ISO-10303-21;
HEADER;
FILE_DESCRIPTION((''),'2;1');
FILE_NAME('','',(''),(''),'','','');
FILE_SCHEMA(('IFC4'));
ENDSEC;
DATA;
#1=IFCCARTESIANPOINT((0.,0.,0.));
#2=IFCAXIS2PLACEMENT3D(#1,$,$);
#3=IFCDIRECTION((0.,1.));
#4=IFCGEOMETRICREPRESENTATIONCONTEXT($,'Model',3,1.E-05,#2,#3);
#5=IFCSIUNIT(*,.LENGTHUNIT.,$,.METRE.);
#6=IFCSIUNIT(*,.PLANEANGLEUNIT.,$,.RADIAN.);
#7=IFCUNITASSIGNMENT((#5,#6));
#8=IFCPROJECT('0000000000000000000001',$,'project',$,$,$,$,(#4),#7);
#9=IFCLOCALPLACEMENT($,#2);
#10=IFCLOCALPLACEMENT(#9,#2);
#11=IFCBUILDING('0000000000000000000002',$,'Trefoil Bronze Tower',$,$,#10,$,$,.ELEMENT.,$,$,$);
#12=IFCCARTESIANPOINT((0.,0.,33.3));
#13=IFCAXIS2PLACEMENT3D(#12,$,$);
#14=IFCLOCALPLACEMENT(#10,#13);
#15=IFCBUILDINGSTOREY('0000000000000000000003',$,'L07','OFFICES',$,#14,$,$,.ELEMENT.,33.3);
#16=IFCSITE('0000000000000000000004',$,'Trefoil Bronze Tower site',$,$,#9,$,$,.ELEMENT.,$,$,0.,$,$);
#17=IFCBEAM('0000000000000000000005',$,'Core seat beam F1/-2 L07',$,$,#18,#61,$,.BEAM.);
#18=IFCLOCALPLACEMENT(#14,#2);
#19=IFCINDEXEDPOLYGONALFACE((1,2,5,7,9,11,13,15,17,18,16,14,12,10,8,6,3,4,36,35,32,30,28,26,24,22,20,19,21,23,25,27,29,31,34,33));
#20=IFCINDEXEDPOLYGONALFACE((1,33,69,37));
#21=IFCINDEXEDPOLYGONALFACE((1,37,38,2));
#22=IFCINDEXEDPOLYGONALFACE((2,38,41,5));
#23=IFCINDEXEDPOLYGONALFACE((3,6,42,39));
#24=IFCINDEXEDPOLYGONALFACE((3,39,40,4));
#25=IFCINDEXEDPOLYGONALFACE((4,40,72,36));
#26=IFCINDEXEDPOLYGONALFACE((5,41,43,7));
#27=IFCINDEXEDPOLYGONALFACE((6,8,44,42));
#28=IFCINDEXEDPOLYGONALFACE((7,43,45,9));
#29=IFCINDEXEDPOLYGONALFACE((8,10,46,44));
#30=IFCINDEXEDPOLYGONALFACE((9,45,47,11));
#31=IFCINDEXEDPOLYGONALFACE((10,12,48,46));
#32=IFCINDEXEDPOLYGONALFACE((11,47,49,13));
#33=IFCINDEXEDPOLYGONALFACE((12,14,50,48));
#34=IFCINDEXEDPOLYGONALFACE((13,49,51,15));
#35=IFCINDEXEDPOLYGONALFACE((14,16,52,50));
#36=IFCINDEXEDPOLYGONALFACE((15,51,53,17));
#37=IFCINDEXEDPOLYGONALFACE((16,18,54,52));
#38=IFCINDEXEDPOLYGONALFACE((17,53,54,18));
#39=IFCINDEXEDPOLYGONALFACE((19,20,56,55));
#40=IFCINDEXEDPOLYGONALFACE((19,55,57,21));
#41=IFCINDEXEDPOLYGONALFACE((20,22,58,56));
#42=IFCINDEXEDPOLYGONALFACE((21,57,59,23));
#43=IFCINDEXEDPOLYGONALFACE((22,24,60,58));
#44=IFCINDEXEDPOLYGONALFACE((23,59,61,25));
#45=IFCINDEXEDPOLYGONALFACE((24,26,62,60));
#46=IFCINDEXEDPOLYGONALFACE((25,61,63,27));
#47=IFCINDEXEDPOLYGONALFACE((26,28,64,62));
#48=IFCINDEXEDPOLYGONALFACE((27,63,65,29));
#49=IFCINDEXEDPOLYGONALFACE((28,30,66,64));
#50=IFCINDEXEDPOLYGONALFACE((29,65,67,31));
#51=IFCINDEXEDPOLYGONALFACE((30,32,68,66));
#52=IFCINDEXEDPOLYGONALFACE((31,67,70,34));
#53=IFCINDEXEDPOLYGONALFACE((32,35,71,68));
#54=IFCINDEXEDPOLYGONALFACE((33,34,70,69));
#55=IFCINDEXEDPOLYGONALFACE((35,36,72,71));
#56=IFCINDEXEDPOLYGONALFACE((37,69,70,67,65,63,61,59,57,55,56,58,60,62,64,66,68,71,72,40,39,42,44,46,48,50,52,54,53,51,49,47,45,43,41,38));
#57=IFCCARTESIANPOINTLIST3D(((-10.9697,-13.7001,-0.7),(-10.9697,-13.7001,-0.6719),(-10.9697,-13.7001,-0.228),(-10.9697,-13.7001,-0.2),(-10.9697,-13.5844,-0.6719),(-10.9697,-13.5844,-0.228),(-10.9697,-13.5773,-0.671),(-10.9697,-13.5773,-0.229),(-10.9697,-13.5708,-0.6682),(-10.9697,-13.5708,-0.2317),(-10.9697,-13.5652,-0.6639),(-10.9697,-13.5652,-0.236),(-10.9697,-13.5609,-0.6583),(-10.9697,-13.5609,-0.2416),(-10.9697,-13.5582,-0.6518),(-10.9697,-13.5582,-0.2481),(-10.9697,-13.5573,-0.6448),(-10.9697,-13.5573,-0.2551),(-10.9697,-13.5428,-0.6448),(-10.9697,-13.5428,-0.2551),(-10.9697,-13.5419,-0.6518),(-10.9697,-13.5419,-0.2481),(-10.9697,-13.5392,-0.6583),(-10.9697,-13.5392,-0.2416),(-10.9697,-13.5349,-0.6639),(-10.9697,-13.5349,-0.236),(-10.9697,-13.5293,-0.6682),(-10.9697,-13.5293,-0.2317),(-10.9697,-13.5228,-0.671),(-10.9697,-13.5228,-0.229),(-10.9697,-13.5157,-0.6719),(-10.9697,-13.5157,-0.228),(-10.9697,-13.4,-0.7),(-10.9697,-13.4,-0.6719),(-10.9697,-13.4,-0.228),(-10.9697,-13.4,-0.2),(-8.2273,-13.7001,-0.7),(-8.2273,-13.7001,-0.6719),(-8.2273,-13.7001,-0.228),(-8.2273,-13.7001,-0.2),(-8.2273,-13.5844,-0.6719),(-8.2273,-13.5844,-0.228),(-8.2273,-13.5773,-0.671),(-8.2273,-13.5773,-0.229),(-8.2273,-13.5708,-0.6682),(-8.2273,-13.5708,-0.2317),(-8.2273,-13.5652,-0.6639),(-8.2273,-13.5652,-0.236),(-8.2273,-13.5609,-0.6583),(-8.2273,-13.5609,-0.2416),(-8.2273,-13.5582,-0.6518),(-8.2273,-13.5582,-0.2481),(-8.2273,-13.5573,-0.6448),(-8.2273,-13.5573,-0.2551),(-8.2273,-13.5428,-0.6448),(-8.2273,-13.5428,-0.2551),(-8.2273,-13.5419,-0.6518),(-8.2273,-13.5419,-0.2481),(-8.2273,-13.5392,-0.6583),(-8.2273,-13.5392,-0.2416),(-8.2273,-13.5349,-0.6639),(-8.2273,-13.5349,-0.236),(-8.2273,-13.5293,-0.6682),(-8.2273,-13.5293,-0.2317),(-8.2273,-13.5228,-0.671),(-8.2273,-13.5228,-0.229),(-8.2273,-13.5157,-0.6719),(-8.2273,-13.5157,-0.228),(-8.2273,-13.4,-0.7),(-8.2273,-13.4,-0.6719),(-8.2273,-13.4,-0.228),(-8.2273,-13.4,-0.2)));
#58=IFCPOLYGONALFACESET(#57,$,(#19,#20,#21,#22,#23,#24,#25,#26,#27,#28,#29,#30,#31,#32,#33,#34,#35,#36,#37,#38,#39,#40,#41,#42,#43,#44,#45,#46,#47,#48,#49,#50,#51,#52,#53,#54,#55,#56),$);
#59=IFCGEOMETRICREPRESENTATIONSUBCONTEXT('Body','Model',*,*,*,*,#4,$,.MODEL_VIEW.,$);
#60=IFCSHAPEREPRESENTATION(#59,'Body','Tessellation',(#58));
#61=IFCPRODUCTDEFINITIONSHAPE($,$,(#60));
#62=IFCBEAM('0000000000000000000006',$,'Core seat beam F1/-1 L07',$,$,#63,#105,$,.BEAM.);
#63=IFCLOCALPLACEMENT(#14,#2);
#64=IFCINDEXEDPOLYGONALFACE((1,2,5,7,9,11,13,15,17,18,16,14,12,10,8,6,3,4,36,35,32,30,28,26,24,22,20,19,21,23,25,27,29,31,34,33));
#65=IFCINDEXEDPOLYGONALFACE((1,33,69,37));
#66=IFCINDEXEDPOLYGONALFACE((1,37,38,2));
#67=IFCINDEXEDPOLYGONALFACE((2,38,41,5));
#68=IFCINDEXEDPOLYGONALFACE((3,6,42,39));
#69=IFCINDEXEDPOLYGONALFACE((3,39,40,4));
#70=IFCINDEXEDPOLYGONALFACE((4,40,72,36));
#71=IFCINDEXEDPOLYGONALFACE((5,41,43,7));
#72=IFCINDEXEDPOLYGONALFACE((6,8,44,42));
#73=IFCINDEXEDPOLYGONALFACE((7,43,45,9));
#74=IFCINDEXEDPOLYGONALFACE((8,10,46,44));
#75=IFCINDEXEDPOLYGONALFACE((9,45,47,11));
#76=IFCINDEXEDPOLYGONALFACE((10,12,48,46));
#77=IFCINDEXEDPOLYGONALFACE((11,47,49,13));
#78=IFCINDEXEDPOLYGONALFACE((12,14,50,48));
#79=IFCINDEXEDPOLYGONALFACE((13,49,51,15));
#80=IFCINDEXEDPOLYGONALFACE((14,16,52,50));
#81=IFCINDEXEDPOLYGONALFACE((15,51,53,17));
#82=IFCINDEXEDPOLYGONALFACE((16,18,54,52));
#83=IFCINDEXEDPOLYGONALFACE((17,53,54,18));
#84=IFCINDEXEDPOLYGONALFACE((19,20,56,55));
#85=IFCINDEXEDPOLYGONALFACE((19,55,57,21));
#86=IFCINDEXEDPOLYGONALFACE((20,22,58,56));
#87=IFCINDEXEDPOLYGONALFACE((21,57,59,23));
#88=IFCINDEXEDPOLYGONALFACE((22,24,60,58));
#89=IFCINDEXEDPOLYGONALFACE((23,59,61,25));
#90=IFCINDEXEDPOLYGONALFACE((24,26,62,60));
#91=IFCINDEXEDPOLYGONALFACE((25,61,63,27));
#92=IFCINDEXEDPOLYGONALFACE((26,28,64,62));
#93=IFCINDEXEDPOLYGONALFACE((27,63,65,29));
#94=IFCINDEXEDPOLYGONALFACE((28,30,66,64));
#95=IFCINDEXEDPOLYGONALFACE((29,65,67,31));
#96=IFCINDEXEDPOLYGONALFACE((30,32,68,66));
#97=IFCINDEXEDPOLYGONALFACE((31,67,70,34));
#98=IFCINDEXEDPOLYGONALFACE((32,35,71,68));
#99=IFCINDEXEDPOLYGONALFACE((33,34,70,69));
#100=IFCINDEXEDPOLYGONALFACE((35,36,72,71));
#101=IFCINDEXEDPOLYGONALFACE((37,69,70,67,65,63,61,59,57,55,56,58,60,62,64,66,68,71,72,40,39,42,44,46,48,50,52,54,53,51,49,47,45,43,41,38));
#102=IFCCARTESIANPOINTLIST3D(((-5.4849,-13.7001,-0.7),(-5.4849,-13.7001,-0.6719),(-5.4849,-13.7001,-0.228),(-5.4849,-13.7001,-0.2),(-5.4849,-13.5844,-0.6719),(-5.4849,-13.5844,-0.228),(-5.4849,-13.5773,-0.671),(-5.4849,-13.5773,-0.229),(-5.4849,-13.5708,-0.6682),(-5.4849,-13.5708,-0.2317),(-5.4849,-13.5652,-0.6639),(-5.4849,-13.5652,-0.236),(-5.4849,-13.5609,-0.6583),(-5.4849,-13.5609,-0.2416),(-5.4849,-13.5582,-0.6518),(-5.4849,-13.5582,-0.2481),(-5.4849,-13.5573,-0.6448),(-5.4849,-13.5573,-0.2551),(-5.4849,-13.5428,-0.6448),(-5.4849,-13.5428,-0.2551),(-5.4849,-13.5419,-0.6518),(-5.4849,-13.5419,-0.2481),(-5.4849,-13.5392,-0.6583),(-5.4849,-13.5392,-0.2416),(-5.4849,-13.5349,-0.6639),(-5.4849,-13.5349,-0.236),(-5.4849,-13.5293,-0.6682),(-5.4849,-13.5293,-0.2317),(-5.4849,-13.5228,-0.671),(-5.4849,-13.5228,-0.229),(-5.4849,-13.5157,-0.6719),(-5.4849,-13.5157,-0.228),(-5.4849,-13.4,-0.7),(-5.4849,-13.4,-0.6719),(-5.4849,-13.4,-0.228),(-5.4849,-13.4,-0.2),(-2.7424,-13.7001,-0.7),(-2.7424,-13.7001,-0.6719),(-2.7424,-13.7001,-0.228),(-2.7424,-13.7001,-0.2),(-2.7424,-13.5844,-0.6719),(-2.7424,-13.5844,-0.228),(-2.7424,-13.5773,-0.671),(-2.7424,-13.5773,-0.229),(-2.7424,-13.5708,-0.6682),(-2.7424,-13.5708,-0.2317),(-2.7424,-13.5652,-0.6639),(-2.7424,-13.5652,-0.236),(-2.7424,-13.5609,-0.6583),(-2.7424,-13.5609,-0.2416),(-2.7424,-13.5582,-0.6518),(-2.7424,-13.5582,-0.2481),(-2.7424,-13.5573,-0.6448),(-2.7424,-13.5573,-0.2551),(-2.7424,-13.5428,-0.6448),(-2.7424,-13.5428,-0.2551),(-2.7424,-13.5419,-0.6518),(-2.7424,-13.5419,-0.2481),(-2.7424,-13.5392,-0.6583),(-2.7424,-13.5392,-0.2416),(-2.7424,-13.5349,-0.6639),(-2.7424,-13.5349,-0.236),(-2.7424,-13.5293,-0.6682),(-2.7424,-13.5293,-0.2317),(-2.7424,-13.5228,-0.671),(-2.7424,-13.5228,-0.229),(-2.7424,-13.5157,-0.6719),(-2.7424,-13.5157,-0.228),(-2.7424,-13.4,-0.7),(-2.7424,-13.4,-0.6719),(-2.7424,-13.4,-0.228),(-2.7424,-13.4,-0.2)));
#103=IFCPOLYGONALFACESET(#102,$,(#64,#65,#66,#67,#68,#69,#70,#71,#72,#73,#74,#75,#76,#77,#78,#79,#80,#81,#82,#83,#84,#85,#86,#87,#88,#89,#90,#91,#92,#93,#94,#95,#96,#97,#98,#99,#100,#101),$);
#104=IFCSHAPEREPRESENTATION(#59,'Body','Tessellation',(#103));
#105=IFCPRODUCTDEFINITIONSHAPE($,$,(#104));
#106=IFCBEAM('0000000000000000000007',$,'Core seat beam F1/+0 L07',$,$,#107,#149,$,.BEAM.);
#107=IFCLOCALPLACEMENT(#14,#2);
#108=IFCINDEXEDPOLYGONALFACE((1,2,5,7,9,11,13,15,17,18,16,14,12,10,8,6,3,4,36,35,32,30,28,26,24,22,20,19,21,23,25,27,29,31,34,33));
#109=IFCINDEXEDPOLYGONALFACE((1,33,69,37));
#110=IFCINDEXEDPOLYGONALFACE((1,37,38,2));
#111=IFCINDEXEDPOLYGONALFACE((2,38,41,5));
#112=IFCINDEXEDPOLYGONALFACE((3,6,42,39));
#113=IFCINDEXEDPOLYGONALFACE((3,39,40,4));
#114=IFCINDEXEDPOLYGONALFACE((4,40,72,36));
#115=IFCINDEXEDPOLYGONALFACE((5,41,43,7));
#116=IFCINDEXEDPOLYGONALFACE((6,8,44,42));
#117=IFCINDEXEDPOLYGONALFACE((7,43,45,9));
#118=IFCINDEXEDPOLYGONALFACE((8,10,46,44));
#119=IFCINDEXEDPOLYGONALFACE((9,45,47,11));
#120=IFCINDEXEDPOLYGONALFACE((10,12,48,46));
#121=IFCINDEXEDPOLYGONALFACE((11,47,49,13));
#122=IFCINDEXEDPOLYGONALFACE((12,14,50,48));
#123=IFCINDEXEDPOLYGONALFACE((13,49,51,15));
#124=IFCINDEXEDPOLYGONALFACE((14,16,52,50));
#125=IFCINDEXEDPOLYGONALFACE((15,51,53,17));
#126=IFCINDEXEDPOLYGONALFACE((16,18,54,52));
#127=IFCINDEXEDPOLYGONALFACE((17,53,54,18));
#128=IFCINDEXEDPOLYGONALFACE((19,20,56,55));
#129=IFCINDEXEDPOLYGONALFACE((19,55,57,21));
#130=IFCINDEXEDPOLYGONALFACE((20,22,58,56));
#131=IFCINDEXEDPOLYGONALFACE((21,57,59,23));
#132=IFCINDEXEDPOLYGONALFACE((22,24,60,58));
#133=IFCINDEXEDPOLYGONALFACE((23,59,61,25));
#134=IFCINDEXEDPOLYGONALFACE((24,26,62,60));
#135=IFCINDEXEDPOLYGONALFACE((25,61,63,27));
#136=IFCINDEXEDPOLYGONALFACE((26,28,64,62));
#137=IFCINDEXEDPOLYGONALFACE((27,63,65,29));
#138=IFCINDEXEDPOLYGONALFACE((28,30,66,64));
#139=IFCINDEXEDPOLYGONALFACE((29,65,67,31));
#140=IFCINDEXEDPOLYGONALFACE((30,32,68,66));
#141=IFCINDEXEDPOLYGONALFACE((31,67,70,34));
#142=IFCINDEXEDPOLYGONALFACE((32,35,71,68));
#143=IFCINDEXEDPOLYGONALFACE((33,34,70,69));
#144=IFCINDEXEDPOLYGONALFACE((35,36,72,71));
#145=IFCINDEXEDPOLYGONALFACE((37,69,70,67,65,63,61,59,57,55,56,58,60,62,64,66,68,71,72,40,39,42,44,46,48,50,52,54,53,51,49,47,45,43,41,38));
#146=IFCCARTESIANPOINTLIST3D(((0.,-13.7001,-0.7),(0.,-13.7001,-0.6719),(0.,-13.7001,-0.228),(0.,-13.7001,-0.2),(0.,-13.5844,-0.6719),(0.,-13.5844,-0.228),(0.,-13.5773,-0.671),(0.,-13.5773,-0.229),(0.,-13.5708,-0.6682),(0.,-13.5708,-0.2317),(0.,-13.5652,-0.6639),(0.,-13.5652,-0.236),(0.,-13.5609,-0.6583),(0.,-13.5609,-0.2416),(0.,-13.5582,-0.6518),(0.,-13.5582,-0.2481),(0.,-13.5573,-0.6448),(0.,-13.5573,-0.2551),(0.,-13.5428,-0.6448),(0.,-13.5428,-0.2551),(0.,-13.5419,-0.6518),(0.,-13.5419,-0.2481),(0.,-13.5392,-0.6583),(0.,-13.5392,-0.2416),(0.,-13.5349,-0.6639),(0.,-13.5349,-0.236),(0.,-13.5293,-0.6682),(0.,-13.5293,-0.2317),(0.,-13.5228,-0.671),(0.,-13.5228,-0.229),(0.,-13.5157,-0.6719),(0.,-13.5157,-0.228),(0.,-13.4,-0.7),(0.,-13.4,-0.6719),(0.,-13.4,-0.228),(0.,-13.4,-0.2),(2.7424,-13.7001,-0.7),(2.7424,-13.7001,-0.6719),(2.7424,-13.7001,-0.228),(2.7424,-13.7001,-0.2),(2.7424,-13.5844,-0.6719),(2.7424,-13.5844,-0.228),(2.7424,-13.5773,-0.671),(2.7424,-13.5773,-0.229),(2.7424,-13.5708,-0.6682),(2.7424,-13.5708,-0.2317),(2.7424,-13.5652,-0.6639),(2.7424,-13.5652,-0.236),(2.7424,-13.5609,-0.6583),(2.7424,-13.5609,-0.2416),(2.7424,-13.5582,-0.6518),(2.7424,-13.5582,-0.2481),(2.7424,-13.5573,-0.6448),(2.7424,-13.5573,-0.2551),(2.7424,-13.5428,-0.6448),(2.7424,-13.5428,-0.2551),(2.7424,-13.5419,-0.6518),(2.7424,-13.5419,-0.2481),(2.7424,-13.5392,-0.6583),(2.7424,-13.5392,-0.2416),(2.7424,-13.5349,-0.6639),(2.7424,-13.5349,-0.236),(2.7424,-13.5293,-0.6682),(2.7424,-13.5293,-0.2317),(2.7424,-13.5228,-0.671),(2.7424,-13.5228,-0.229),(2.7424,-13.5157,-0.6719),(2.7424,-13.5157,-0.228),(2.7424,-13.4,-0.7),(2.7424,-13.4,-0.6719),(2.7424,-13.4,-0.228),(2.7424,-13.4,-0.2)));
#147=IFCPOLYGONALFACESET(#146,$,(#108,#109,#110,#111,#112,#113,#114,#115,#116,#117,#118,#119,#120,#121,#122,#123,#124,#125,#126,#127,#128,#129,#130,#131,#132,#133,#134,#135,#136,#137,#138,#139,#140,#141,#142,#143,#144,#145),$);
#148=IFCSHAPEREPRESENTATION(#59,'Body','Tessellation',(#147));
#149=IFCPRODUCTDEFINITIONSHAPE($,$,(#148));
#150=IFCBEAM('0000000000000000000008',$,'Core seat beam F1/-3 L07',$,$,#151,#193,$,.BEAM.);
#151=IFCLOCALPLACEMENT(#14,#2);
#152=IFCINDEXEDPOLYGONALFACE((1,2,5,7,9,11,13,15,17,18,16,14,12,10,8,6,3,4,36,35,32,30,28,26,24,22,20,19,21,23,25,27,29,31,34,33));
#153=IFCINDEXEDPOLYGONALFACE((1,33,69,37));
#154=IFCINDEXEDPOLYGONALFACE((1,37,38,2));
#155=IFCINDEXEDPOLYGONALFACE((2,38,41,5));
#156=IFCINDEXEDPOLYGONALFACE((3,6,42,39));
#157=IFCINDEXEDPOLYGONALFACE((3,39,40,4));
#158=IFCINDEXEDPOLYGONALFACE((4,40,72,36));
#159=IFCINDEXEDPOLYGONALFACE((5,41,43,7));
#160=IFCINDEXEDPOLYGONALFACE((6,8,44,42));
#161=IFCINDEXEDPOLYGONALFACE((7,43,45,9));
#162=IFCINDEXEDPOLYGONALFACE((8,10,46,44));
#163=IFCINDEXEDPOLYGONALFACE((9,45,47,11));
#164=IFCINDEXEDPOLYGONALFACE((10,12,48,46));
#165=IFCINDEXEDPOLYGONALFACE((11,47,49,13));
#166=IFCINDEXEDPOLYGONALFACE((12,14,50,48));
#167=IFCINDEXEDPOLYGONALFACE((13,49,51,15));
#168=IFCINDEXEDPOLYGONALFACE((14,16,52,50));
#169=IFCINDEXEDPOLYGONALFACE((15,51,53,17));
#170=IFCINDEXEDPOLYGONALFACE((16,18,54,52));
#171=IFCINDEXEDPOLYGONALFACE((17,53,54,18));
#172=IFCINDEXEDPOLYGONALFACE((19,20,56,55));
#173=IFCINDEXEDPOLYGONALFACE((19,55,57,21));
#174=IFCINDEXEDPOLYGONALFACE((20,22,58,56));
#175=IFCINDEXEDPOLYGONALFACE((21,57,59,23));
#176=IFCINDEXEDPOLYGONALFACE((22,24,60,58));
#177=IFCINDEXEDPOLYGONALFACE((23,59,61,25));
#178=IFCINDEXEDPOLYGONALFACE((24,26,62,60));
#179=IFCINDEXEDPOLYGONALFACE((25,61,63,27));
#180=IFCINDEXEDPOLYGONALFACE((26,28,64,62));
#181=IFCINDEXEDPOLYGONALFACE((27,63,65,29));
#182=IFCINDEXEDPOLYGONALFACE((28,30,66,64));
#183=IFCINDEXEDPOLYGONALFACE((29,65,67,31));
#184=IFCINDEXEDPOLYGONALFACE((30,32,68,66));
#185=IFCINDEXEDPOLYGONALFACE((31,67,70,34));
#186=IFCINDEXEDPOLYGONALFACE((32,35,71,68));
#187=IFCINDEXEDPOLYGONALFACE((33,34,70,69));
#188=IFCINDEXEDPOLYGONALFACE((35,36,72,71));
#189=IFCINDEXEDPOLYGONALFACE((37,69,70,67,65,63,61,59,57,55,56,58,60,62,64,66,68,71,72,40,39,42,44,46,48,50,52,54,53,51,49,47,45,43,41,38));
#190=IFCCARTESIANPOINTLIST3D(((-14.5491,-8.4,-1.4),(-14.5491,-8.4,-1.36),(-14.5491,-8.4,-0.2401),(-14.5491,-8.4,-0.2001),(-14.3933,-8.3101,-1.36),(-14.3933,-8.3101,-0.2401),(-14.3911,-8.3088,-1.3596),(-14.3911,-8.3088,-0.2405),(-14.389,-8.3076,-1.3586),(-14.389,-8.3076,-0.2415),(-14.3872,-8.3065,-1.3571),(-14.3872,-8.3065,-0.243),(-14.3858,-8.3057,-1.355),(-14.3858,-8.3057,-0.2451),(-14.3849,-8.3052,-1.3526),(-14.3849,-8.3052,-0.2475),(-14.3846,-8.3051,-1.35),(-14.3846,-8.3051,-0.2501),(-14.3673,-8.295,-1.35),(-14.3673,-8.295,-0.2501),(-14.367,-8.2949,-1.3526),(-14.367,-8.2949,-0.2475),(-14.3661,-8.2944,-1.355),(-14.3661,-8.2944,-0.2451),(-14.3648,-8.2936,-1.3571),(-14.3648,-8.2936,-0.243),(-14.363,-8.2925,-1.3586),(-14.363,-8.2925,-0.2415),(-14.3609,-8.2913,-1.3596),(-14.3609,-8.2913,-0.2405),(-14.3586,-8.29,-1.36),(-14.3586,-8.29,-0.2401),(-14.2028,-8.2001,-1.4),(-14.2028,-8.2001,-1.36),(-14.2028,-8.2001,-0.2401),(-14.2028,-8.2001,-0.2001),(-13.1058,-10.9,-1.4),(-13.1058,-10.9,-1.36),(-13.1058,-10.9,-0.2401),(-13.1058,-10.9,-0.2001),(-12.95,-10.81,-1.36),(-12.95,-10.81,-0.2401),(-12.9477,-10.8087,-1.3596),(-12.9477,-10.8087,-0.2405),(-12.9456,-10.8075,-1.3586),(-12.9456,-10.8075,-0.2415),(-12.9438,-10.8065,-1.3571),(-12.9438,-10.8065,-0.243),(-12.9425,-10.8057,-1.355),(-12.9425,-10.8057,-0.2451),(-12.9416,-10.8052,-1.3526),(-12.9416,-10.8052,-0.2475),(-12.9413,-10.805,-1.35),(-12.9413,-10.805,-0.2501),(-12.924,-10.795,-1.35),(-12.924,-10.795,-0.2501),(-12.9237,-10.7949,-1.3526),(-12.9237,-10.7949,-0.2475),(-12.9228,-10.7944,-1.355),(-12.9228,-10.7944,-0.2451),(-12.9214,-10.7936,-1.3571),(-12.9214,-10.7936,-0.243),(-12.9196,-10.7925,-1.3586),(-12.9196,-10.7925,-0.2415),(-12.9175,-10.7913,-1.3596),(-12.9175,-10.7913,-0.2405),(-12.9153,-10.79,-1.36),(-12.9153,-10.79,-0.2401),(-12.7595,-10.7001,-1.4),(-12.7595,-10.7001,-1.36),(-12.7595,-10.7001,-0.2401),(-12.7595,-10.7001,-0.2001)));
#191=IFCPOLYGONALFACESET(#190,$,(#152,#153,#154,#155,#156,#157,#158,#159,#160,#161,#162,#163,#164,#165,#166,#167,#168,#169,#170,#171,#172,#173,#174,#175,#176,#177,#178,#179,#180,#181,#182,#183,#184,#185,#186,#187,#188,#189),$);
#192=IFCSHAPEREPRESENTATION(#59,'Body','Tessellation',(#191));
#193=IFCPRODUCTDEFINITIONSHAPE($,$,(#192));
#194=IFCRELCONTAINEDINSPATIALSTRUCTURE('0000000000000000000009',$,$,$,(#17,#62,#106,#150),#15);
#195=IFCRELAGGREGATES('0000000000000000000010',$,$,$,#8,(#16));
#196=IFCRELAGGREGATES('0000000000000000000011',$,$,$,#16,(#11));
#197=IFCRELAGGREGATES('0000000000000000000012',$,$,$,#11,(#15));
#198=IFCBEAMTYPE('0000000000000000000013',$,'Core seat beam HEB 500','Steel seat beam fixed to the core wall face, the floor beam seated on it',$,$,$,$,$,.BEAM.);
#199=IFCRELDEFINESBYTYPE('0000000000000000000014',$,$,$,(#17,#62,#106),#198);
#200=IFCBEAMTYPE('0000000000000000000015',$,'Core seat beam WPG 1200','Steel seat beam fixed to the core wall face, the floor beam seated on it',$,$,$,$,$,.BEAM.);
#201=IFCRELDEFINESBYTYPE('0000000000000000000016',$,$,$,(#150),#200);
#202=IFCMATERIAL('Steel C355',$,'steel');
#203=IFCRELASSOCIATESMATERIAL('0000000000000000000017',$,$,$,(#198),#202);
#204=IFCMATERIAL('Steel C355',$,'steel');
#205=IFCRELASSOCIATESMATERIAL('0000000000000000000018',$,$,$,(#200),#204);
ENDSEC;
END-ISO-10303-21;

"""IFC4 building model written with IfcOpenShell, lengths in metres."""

from ifc_helpers import new_model, si_unit, direction, frame, origin, origin_2d, place, context, subcontext, project, spatial, i_section, extrude, material, material_profile, profile_set, type_object, element, save


model = new_model("IFC4")

# Units and contexts
model_context = context("Model", 3, precision=1e-05, world=origin(), true_north=direction((0.0, 1.0)))
body_context = subcontext(model_context, "Body", "Model", "MODEL_VIEW")
ifc_project = project(units=[si_unit("LENGTHUNIT", "METRE"), si_unit("PLANEANGLEUNIT", "RADIAN")], contexts=[model_context])

# Site, building, storey
site_placement = place(None, origin())
site = spatial("IfcSite", under=ifc_project, at=site_placement, Name="Trefoil Bronze Tower site", CompositionType="ELEMENT", RefElevation=0.0)
building_placement = place(site_placement, origin())
building = spatial("IfcBuilding", under=site, at=building_placement, Name="Trefoil Bronze Tower", CompositionType="ELEMENT")
storey_placement = place(building_placement, frame((0.0, 0.0, 33.3)))
storey = spatial("IfcBuildingStorey", under=building, at=storey_placement, Name="L07", Description="OFFICES", CompositionType="ELEMENT", Elevation=33.3)

# Beams
ifc_material_1 = material(Name="Steel C355", Category="steel")
ifc_material_profile_1 = material_profile(ifc_material_1, i_section(OverallWidth=0.3, OverallDepth=0.5, WebThickness=0.0144, FlangeThickness=0.0281, FilletRadius=0.0271, at=origin_2d()), Name="HEB 500")
ifc_profile_set_1 = profile_set([ifc_material_profile_1], Name="Steel C355")
beam_type_1 = type_object("IfcBeamType", Name="Core seat beam HEB 500", Description="Steel seat beam fixed to the core wall face, the floor beam seated on it", PredefinedType="BEAM", material=ifc_profile_set_1)
for number, where, z_axis, x_axis, name in (
    (1, (-10.9697, -13.55, -0.45), (1.0, 0.0, 0.0), (0.0, 1.0, 0.0), "Core seat beam F1/-2 L07"),
    (2, (-5.4849, -13.55, -0.45), (1.0, 0.0, 0.0), (0.0, 1.0, 0.0), "Core seat beam F1/-1 L07"),
    (3, (0.0, -13.55, -0.45), (1.0, 0.0, 0.0), (0.0, 1.0, 0.0), "Core seat beam F1/+0 L07"),
):
    element("IfcBeam", number, at=place(storey_placement, frame(where, z_axis=z_axis, x_axis=x_axis)), inside=storey, type_object=beam_type_1, Name=name, PredefinedType="BEAM", context=body_context, shape_type="SweptSolid", body=[
        extrude(i_section(OverallWidth=0.3, OverallDepth=0.5, WebThickness=0.0144, FlangeThickness=0.0281, FilletRadius=0.0271, at=origin_2d()), origin(), (0.0, 0.0, 1.0), 2.7424),
    ])
ifc_material_2 = material(Name="Steel C355", Category="steel")
ifc_material_profile_2 = material_profile(ifc_material_2, i_section(OverallWidth=0.3999, OverallDepth=1.2, WebThickness=0.02, FlangeThickness=0.04, FilletRadius=0.01, at=origin_2d()), Name="WPG 1200")
ifc_profile_set_2 = profile_set([ifc_material_profile_2], Name="Steel C355")
beam_type_2 = type_object("IfcBeamType", Name="Core seat beam WPG 1200", Description="Steel seat beam fixed to the core wall face, the floor beam seated on it", PredefinedType="BEAM", material=ifc_profile_set_2)
for number, where, z_axis, x_axis, name in (
    (4, (-14.376, -8.3, -0.8), (0.499996, -0.866028, 0.0), (0.866028, 0.499996, 0.0), "Core seat beam F1/-3 L07"),
):
    element("IfcBeam", number, at=place(storey_placement, frame(where, z_axis=z_axis, x_axis=x_axis)), inside=storey, type_object=beam_type_2, Name=name, PredefinedType="BEAM", context=body_context, shape_type="SweptSolid", body=[
        extrude(i_section(OverallWidth=0.3999, OverallDepth=1.2, WebThickness=0.02, FlangeThickness=0.04, FilletRadius=0.01, at=origin_2d()), origin(), (0.0, 0.0, 1.0), 2.8867),
    ])

save(model, "model.ifc")
